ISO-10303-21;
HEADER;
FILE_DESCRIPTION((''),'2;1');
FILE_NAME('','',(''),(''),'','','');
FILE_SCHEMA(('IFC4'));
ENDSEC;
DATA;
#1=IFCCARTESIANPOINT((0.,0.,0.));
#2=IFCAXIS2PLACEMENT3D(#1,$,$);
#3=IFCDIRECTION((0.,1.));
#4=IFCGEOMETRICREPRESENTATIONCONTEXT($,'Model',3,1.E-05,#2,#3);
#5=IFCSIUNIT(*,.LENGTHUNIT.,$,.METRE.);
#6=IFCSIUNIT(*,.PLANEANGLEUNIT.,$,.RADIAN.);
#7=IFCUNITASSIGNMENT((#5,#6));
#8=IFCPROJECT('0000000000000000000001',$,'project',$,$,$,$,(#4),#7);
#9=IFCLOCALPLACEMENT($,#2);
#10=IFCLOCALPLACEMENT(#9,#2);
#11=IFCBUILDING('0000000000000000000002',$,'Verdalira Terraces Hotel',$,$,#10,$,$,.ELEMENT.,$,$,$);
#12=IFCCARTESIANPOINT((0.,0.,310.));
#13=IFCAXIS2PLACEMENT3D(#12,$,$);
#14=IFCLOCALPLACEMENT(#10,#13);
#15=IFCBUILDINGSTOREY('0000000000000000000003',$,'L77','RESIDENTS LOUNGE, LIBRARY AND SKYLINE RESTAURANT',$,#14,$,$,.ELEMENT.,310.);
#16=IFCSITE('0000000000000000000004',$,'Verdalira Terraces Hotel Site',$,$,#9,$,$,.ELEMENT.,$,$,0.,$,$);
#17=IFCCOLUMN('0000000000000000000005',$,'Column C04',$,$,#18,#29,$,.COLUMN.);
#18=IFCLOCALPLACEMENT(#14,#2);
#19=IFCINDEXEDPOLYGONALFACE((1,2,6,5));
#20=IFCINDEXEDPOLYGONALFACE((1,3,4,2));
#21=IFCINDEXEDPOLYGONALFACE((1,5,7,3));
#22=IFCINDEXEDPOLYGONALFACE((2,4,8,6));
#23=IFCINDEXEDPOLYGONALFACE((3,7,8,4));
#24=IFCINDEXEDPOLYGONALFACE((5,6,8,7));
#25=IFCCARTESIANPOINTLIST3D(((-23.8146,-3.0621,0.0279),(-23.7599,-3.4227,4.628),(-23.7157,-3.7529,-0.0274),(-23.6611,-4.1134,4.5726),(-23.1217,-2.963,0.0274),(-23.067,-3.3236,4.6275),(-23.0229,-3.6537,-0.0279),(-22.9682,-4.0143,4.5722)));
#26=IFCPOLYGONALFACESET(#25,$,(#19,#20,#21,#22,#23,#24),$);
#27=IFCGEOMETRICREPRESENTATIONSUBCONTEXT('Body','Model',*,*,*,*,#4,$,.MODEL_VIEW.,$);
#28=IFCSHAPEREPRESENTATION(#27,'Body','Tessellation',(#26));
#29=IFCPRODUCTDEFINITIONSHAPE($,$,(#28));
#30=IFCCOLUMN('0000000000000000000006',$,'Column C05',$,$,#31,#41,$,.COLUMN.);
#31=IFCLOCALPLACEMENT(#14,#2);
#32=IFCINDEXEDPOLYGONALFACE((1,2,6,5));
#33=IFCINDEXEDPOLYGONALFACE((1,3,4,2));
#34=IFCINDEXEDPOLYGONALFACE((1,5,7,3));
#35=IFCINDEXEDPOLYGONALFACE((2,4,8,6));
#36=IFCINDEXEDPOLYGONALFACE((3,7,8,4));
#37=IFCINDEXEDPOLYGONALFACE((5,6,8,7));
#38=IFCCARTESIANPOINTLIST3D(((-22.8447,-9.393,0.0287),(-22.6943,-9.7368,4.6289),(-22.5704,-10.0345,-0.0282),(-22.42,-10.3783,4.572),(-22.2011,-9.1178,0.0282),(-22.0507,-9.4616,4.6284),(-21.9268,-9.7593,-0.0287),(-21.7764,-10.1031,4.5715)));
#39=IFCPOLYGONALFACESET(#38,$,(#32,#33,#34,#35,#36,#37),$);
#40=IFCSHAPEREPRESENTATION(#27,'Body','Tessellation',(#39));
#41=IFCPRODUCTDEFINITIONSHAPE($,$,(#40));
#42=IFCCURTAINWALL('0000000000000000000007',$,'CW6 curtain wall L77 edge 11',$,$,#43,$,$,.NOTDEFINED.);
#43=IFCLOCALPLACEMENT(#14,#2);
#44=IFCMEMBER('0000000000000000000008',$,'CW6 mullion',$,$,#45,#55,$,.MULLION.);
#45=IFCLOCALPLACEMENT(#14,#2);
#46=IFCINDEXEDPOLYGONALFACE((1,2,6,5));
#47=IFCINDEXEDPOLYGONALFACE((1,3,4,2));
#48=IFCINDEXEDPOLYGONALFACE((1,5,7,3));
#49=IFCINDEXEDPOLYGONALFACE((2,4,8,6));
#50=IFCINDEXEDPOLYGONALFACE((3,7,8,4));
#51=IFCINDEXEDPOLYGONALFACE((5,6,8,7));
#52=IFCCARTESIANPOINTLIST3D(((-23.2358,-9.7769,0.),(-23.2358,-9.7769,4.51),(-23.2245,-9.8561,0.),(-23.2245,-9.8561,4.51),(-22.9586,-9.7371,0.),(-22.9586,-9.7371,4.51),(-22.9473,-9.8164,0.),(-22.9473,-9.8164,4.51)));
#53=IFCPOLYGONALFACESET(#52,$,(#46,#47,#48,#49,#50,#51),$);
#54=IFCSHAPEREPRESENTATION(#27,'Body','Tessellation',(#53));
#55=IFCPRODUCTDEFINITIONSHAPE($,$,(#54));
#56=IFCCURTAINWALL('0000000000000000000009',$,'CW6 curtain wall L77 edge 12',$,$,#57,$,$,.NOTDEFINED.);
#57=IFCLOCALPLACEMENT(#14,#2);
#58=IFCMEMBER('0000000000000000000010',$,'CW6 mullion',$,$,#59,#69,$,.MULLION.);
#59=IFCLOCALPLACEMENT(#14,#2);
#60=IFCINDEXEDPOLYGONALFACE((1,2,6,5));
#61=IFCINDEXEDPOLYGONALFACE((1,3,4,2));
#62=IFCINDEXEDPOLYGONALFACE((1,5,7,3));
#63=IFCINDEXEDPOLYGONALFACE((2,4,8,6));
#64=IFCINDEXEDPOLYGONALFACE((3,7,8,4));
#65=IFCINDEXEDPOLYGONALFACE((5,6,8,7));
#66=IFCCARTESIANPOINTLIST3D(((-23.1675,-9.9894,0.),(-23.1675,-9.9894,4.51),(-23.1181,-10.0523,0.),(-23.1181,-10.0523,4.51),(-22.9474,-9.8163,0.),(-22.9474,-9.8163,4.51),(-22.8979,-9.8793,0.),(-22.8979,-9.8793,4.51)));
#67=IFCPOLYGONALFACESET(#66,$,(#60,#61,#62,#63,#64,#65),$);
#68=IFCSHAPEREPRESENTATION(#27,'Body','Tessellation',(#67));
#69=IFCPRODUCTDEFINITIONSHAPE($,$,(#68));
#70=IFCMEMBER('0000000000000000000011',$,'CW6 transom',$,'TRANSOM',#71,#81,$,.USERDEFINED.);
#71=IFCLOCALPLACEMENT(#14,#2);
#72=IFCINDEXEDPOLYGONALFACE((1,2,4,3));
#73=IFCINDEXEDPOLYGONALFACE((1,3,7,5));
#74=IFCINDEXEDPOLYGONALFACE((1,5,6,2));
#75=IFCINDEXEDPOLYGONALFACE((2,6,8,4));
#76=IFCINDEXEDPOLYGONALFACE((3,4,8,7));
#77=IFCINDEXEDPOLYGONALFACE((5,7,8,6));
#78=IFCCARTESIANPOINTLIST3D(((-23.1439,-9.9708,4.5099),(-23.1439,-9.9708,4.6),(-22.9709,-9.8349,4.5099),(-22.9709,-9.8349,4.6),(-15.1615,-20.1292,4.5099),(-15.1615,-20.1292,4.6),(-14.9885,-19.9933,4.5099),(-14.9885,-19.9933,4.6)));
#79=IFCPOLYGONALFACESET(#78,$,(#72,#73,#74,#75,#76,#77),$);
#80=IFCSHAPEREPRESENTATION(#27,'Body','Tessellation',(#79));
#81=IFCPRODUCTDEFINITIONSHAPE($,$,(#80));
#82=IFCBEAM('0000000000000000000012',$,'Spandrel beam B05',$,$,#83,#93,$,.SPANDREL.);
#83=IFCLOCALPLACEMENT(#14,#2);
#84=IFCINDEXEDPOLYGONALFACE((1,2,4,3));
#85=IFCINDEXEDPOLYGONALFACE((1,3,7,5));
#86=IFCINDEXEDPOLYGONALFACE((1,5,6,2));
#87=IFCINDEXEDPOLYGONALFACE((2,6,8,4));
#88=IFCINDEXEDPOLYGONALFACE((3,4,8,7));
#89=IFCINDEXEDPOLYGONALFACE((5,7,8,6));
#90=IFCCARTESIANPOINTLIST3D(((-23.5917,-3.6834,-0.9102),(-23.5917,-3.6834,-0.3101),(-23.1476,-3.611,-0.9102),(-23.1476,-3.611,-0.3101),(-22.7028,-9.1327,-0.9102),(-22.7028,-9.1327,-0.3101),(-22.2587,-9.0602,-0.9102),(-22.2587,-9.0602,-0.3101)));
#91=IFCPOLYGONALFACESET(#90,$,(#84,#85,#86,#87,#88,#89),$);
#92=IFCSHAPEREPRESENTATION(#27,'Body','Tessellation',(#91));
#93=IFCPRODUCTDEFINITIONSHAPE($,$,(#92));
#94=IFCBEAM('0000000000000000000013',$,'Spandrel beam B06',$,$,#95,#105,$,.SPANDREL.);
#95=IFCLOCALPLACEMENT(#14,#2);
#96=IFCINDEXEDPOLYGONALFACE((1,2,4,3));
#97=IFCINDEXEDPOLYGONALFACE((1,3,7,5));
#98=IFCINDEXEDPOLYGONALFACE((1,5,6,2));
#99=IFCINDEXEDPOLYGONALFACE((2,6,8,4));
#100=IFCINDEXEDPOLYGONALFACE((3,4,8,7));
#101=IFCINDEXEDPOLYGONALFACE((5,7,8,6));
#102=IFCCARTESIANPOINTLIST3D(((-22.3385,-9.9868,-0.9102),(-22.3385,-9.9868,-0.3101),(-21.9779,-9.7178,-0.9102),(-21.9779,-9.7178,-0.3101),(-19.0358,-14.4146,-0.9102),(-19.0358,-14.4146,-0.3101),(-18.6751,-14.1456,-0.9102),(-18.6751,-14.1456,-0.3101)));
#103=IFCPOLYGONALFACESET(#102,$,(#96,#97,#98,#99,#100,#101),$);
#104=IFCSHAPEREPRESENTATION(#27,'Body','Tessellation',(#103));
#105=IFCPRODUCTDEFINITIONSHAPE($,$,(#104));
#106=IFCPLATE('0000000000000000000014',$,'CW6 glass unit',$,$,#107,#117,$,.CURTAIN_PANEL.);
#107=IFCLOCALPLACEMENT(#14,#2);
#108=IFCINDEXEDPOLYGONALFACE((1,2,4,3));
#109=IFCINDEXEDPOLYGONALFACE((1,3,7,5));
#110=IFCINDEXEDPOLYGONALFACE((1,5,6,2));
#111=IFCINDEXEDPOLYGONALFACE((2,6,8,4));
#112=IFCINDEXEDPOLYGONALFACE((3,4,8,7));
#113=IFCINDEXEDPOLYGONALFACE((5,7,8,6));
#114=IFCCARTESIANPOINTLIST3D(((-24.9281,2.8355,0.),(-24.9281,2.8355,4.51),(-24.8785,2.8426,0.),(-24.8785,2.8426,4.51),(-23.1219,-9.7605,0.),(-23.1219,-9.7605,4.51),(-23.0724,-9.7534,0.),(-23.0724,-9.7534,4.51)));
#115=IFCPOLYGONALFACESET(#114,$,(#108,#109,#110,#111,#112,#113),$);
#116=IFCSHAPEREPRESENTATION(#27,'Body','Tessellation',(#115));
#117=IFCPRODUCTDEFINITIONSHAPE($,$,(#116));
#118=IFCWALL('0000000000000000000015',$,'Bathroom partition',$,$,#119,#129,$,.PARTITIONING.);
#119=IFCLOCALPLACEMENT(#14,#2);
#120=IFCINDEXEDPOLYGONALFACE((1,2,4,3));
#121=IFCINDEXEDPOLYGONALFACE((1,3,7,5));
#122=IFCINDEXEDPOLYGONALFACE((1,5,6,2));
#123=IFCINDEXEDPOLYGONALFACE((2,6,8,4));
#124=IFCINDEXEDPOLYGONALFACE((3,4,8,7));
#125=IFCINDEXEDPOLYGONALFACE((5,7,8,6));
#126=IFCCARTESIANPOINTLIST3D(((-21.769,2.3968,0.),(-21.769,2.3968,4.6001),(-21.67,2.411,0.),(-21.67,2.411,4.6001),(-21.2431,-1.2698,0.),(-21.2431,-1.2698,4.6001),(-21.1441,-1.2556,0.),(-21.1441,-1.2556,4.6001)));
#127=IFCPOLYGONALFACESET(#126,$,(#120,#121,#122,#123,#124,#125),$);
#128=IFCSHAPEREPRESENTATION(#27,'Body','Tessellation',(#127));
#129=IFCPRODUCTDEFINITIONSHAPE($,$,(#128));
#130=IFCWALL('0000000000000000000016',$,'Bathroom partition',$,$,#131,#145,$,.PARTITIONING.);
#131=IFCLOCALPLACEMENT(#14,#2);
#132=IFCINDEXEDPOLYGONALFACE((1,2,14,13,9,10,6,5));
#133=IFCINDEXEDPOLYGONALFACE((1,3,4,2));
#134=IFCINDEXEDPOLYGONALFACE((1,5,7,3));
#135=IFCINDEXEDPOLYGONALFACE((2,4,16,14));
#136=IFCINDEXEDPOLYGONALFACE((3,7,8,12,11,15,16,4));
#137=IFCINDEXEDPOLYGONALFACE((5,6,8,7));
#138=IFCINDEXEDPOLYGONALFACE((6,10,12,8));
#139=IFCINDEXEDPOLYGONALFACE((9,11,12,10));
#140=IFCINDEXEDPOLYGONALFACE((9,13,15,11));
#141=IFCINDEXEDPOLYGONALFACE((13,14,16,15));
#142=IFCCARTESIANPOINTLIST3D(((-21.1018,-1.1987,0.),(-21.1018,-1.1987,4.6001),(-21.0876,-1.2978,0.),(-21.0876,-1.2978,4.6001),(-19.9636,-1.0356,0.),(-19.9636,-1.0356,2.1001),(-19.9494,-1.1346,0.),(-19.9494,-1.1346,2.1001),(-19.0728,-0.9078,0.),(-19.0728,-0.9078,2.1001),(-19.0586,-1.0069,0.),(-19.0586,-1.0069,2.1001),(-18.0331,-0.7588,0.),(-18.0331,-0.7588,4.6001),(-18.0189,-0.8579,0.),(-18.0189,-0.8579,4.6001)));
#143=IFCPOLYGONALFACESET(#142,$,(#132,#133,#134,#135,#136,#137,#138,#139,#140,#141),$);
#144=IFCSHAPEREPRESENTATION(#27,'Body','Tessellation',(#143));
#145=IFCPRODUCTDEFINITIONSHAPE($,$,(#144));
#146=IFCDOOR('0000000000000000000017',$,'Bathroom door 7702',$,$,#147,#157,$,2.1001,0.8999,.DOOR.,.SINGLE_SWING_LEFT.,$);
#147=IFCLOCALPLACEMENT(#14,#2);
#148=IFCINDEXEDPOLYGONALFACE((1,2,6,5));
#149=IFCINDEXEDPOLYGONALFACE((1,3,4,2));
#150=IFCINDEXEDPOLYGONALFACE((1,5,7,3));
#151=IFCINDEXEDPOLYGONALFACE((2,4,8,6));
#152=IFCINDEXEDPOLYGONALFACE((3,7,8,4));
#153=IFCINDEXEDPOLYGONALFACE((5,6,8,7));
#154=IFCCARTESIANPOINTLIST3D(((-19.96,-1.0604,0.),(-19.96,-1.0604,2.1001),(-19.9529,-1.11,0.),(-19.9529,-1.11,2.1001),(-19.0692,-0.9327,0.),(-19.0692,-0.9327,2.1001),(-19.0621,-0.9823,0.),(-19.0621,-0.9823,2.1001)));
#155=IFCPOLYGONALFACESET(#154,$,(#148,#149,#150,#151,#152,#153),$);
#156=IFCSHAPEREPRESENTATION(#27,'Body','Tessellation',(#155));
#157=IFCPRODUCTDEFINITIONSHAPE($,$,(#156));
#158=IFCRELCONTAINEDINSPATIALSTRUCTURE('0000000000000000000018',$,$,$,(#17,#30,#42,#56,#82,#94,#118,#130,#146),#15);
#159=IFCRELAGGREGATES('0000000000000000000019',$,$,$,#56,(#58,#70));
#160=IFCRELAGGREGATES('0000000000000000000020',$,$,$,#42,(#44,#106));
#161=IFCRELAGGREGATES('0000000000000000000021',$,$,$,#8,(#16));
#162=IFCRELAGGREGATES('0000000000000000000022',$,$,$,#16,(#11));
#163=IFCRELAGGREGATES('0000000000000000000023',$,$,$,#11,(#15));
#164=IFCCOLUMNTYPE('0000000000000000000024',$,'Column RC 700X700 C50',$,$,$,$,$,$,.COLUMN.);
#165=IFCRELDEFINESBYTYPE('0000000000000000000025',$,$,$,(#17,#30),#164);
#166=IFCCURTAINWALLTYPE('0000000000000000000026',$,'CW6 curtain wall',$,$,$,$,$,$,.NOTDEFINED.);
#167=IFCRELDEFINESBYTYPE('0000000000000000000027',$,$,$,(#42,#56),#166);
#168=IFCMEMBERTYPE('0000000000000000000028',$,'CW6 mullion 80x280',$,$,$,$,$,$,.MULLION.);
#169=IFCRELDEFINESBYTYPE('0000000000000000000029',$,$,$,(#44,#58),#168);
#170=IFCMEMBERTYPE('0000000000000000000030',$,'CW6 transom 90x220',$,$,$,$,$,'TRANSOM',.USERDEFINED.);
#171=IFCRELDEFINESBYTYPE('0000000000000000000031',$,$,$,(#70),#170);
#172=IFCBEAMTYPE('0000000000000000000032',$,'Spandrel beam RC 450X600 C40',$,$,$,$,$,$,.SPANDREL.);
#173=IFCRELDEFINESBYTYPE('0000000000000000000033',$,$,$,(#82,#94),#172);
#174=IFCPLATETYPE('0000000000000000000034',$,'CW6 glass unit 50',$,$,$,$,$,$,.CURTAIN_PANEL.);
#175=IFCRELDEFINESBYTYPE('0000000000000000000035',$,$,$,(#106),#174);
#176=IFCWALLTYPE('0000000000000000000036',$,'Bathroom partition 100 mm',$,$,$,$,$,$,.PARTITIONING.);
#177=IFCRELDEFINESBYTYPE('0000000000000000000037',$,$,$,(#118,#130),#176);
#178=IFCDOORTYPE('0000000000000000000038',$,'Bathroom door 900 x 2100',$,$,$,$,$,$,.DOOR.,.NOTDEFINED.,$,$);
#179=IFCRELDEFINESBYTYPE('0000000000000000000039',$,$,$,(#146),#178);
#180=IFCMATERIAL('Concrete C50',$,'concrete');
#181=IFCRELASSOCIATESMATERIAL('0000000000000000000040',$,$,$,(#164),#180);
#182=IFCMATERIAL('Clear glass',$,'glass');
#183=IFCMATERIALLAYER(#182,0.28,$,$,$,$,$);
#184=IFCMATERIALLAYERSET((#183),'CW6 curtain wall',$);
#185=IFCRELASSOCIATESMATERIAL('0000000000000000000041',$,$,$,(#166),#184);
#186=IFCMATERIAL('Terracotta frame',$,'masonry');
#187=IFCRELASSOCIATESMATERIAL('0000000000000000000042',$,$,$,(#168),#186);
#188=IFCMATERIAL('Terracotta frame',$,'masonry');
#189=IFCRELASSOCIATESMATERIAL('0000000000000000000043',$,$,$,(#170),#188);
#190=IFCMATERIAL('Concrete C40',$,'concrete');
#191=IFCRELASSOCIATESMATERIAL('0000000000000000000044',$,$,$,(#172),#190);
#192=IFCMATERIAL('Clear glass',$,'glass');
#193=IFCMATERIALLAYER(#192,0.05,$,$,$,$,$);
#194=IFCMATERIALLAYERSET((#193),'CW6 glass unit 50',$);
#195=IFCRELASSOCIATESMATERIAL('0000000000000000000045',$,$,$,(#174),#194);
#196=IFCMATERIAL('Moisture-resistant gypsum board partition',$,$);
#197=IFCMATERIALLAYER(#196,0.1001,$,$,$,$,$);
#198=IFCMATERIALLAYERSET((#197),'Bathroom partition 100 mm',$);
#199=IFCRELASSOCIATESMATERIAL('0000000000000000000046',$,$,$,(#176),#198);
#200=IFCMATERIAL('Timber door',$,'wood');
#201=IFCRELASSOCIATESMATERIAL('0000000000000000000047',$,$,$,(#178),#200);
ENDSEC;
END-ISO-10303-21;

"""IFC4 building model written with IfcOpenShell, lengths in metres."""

from ifc_helpers import new_model, si_unit, direction, frame, frame_2d, origin, origin_2d, place, context, subcontext, project, spatial, rectangle, extrude, material, layer, layer_set, material_profile, profile_set, type_object, element, fill, aggregate, save


model = new_model("IFC4")

# Units and contexts
model_context = context("Model", 3, precision=1e-05, world=origin(), true_north=direction((0.0, 1.0)))
body_context = subcontext(model_context, "Body", "Model", "MODEL_VIEW")
ifc_project = project(units=[si_unit("LENGTHUNIT", "METRE"), si_unit("PLANEANGLEUNIT", "RADIAN")], contexts=[model_context])

# Site, building, storey
site_placement = place(None, origin())
site = spatial("IfcSite", under=ifc_project, at=site_placement, Name="Verdalira Terraces Hotel Site", CompositionType="ELEMENT", RefElevation=0.0)
building_placement = place(site_placement, origin())
building = spatial("IfcBuilding", under=site, at=building_placement, Name="Verdalira Terraces Hotel", CompositionType="ELEMENT")
storey_placement = place(building_placement, frame((0.0, 0.0, 310.0)))
storey = spatial("IfcBuildingStorey", under=building, at=storey_placement, Name="L77", Description="RESIDENTS LOUNGE, LIBRARY AND SKYLINE RESTAURANT", CompositionType="ELEMENT", Elevation=310.0)

# Columns
ifc_material_1 = material(Name="Concrete C50", Category="concrete")
ifc_material_profile_1 = material_profile(ifc_material_1, rectangle(XDim=0.7, YDim=0.7, at=origin_2d()), Name="RC 700X700")
ifc_profile_set_1 = profile_set([ifc_material_profile_1], Name="Concrete C50")
column_type = type_object("IfcColumnType", Name="Column RC 700X700 C50", PredefinedType="COLUMN", material=ifc_profile_set_1)
column_1_placement = place(storey_placement, frame((-23.4187, -3.3579, 0.0), z_axis=(0.011851, -0.078143, 0.996872), x_axis=(0.141161, -0.986827, -0.079034)))
element("IfcColumn", 1, at=column_1_placement, inside=storey, type_object=column_type, Name="Column C04", PredefinedType="COLUMN", context=body_context, shape_type="SweptSolid", body=[
    extrude(rectangle(XDim=0.7, YDim=0.7, at=origin_2d()), origin(), (0.0, 0.0, 1.0), 4.6145),
])
column_2_placement = place(storey_placement, frame((-22.3857, -9.5762, 0.0), z_axis=(0.032585, -0.074479, 0.99669), x_axis=(-0.391777, 0.916462, 0.081292)))
element("IfcColumn", 2, at=column_2_placement, inside=storey, type_object=column_type, Name="Column C05", PredefinedType="COLUMN", context=body_context, shape_type="SweptSolid", body=[
    extrude(rectangle(XDim=0.7, YDim=0.7, at=origin_2d()), origin(), (0.0, 0.0, 1.0), 4.6155),
])

# Curtain wall, member
ifc_material_2 = material(Name="Clear glass", Category="glass")
ifc_layer_1 = layer(ifc_material_2, 0.28)
ifc_layer_set_1 = layer_set([ifc_layer_1], Name="CW6 curtain wall")
curtain_wall_type = type_object("IfcCurtainWallType", Name="CW6 curtain wall", PredefinedType="NOTDEFINED", material=ifc_layer_set_1)
curtain_wall_1_placement = place(storey_placement, origin())
curtain_wall_1 = element("IfcCurtainWall", 3, at=curtain_wall_1_placement, inside=storey, type_object=curtain_wall_type, Name="CW6 curtain wall L77 edge 11", PredefinedType="NOTDEFINED")
ifc_material_3 = material(Name="Terracotta frame", Category="masonry")
ifc_material_profile_2 = material_profile(ifc_material_3, rectangle(XDim=0.0801, YDim=0.28, at=origin_2d()), Name="MU 80x280")
ifc_profile_set_2 = profile_set([ifc_material_profile_2], Name="Terracotta frame")
member_type_1 = type_object("IfcMemberType", Name="CW6 mullion 80x280", PredefinedType="MULLION", material=ifc_profile_set_2)
member_1_placement = place(storey_placement, frame((-23.0916, -9.7966, 0.0), z_axis=(0.0, 0.0, 1.0), x_axis=(0.141938, -0.989876, 0.0)))
member_1 = element("IfcMember", 4, at=member_1_placement, type_object=member_type_1, Name="CW6 mullion", PredefinedType="MULLION", context=body_context, shape_type="SweptSolid", body=[
    extrude(rectangle(XDim=0.0801, YDim=0.28, at=origin_2d()), origin(), (0.0, 0.0, 1.0), 4.51),
])

# Curtain wall, members
curtain_wall_2_placement = place(storey_placement, origin())
curtain_wall_2 = element("IfcCurtainWall", 5, at=curtain_wall_2_placement, inside=storey, type_object=curtain_wall_type, Name="CW6 curtain wall L77 edge 12", PredefinedType="NOTDEFINED")
member_2_placement = place(storey_placement, frame((-23.0327, -9.9343, 0.0), z_axis=(0.0, 0.0, 1.0), x_axis=(0.61786, -0.786288, 0.0)))
member_2 = element("IfcMember", 6, at=member_2_placement, type_object=member_type_1, Name="CW6 mullion", PredefinedType="MULLION", context=body_context, shape_type="SweptSolid", body=[
    extrude(rectangle(XDim=0.0801, YDim=0.28, at=origin_2d()), origin(), (0.0, 0.0, 1.0), 4.51),
])
ifc_material_4 = material(Name="Terracotta frame", Category="masonry")
ifc_material_profile_3 = material_profile(ifc_material_4, rectangle(XDim=0.22, YDim=0.0901, at=origin_2d()), Name="TR 90x220")
ifc_profile_set_3 = profile_set([ifc_material_profile_3], Name="Terracotta frame")
member_type_2 = type_object("IfcMemberType", Name="CW6 transom 90x220", ElementType="TRANSOM", PredefinedType="USERDEFINED", material=ifc_profile_set_3)
member_3_placement = place(storey_placement, frame((-23.0574, -9.9028, 4.5549), z_axis=(0.617859, -0.786289, 0.0), x_axis=(0.786289, 0.617859, 0.0)))
member_3 = element("IfcMember", 7, at=member_3_placement, type_object=member_type_2, Name="CW6 transom", ObjectType="TRANSOM", PredefinedType="USERDEFINED", context=body_context, shape_type="SweptSolid", body=[
    extrude(rectangle(XDim=0.22, YDim=0.0901, at=origin_2d()), origin(), (0.0, 0.0, 1.0), 12.9194),
])
aggregate(curtain_wall_2, [member_2, member_3])

# Beams
ifc_material_5 = material(Name="Concrete C40", Category="concrete")
ifc_material_profile_4 = material_profile(ifc_material_5, rectangle(XDim=0.45, YDim=0.6001, at=origin_2d()), Name="RC 450X600")
ifc_profile_set_4 = profile_set([ifc_material_profile_4], Name="Concrete C40")
beam_type = type_object("IfcBeamType", Name="Spandrel beam RC 450X600 C40", PredefinedType="SPANDREL", material=ifc_profile_set_4)
beam_1_placement = place(storey_placement, frame((-23.3696, -3.6472, -0.6101), z_axis=(0.160999, -0.986955, 0.0), x_axis=(0.986955, 0.160999, 0.0)))
element("IfcBeam", 8, at=beam_1_placement, inside=storey, type_object=beam_type, Name="Spandrel beam B05", PredefinedType="SPANDREL", context=body_context, shape_type="SweptSolid", body=[
    extrude(rectangle(XDim=0.45, YDim=0.6001, at=origin_2d()), origin(), (0.0, 0.0, 1.0), 5.5212),
])
beam_2_placement = place(storey_placement, frame((-22.1582, -9.8523, -0.6101), z_axis=(0.597905, -0.801567, 0.0), x_axis=(0.801567, 0.597905, 0.0)))
element("IfcBeam", 9, at=beam_2_placement, inside=storey, type_object=beam_type, Name="Spandrel beam B06", PredefinedType="SPANDREL", context=body_context, shape_type="SweptSolid", body=[
    extrude(rectangle(XDim=0.45, YDim=0.6001, at=origin_2d()), origin(), (0.0, 0.0, 1.0), 5.5239),
])

# Plate
ifc_material_6 = material(Name="Clear glass", Category="glass")
ifc_layer_2 = layer(ifc_material_6, 0.05)
ifc_layer_set_2 = layer_set([ifc_layer_2], Name="CW6 glass unit 50")
plate_type = type_object("IfcPlateType", Name="CW6 glass unit 50", PredefinedType="CURTAIN_PANEL", material=ifc_layer_set_2)
plate_placement = place(storey_placement, frame((-24.0002, -3.459, 0.0), z_axis=(0.0, 0.0, 1.0), x_axis=(0.141938, -0.989876, 0.0)))
plate = element("IfcPlate", 10, at=plate_placement, type_object=plate_type, Name="CW6 glass unit", PredefinedType="CURTAIN_PANEL", context=body_context, shape_type="SweptSolid", body=[
    extrude(rectangle(XDim=12.7249, YDim=0.05, at=origin_2d()), origin(), (0.0, 0.0, 1.0), 4.51),
])
aggregate(curtain_wall_1, [member_1, plate])

# Wall
ifc_material_7 = material(Name="Moisture-resistant gypsum board partition")
ifc_layer_3 = layer(ifc_material_7, 0.1001)
ifc_layer_set_3 = layer_set([ifc_layer_3], Name="Bathroom partition 100 mm")
wall_type_1 = type_object("IfcWallType", Name="Bathroom partition 100 mm", PredefinedType="PARTITIONING", material=ifc_layer_set_3)
wall_1_placement = place(storey_placement, frame((-21.1936, -1.2627, 0.0), z_axis=(0.0, 0.0, 1.0), x_axis=(-0.141975, 0.98987, 0.0)))
element("IfcWall", 11, at=wall_1_placement, inside=storey, type_object=wall_type_1, Name="Bathroom partition", PredefinedType="PARTITIONING", context=body_context, shape_type="SweptSolid", body=[
    extrude(rectangle(XDim=3.7041, YDim=0.1001, at=frame_2d((1.8521, 0.0))), origin(), (0.0, 0.0, 1.0), 4.6001),
])

# Wall, opening, door
wall_2_placement = place(storey_placement, frame((-21.0947, -1.2483, 0.0), z_axis=(0.0, 0.0, 1.0), x_axis=(0.989878, 0.141917, 0.0)))
wall_2 = element("IfcWall", 12, at=wall_2_placement, inside=storey, type_object=wall_type_1, Name="Bathroom partition", PredefinedType="PARTITIONING", context=body_context, shape_type="SweptSolid", body=[
    extrude(rectangle(XDim=3.1001, YDim=0.1001, at=frame_2d((1.55, 0.0))), origin(), (0.0, 0.0, 1.0), 4.6001),
])
opening_1_placement = place(wall_2_placement, frame((1.1499, 0.0, 0.0)))
opening_1 = element("IfcOpeningElement", 13, at=opening_1_placement, cuts=wall_2, PredefinedType="OPENING", context=body_context, shape_type="SweptSolid", body=[
    extrude(rectangle(XDim=0.8999, YDim=2.1001, at=frame_2d((0.45, 1.05))), frame((0.0, 0.0601, 0.0), z_axis=(0.0, -1.0, 0.0), x_axis=(1.0, 0.0, 0.0)), (0.0, 0.0, 1.0), 0.1201),
])
ifc_material_8 = material(Name="Timber door", Category="wood")
door_type_1 = type_object("IfcDoorType", Name="Bathroom door 900 x 2100", OperationType="NOTDEFINED", PredefinedType="DOOR", material=ifc_material_8)
door_1_placement = place(opening_1_placement, origin())
door_1 = element("IfcDoor", 14, at=door_1_placement, inside=storey, type_object=door_type_1, Name="Bathroom door 7702", OperationType="SINGLE_SWING_LEFT", OverallHeight=2.1001, OverallWidth=0.8999, PredefinedType="DOOR", context=body_context, shape_type="SweptSolid", body=[
    extrude(rectangle(XDim=0.8999, YDim=2.1001, at=frame_2d((0.45, 1.05))), frame((0.0, 0.0249, 0.0), z_axis=(0.0, -1.0, 0.0), x_axis=(1.0, 0.0, 0.0)), (0.0, 0.0, 1.0), 0.05),
])
fill(opening_1, door_1)

save(model, "model.ifc")
